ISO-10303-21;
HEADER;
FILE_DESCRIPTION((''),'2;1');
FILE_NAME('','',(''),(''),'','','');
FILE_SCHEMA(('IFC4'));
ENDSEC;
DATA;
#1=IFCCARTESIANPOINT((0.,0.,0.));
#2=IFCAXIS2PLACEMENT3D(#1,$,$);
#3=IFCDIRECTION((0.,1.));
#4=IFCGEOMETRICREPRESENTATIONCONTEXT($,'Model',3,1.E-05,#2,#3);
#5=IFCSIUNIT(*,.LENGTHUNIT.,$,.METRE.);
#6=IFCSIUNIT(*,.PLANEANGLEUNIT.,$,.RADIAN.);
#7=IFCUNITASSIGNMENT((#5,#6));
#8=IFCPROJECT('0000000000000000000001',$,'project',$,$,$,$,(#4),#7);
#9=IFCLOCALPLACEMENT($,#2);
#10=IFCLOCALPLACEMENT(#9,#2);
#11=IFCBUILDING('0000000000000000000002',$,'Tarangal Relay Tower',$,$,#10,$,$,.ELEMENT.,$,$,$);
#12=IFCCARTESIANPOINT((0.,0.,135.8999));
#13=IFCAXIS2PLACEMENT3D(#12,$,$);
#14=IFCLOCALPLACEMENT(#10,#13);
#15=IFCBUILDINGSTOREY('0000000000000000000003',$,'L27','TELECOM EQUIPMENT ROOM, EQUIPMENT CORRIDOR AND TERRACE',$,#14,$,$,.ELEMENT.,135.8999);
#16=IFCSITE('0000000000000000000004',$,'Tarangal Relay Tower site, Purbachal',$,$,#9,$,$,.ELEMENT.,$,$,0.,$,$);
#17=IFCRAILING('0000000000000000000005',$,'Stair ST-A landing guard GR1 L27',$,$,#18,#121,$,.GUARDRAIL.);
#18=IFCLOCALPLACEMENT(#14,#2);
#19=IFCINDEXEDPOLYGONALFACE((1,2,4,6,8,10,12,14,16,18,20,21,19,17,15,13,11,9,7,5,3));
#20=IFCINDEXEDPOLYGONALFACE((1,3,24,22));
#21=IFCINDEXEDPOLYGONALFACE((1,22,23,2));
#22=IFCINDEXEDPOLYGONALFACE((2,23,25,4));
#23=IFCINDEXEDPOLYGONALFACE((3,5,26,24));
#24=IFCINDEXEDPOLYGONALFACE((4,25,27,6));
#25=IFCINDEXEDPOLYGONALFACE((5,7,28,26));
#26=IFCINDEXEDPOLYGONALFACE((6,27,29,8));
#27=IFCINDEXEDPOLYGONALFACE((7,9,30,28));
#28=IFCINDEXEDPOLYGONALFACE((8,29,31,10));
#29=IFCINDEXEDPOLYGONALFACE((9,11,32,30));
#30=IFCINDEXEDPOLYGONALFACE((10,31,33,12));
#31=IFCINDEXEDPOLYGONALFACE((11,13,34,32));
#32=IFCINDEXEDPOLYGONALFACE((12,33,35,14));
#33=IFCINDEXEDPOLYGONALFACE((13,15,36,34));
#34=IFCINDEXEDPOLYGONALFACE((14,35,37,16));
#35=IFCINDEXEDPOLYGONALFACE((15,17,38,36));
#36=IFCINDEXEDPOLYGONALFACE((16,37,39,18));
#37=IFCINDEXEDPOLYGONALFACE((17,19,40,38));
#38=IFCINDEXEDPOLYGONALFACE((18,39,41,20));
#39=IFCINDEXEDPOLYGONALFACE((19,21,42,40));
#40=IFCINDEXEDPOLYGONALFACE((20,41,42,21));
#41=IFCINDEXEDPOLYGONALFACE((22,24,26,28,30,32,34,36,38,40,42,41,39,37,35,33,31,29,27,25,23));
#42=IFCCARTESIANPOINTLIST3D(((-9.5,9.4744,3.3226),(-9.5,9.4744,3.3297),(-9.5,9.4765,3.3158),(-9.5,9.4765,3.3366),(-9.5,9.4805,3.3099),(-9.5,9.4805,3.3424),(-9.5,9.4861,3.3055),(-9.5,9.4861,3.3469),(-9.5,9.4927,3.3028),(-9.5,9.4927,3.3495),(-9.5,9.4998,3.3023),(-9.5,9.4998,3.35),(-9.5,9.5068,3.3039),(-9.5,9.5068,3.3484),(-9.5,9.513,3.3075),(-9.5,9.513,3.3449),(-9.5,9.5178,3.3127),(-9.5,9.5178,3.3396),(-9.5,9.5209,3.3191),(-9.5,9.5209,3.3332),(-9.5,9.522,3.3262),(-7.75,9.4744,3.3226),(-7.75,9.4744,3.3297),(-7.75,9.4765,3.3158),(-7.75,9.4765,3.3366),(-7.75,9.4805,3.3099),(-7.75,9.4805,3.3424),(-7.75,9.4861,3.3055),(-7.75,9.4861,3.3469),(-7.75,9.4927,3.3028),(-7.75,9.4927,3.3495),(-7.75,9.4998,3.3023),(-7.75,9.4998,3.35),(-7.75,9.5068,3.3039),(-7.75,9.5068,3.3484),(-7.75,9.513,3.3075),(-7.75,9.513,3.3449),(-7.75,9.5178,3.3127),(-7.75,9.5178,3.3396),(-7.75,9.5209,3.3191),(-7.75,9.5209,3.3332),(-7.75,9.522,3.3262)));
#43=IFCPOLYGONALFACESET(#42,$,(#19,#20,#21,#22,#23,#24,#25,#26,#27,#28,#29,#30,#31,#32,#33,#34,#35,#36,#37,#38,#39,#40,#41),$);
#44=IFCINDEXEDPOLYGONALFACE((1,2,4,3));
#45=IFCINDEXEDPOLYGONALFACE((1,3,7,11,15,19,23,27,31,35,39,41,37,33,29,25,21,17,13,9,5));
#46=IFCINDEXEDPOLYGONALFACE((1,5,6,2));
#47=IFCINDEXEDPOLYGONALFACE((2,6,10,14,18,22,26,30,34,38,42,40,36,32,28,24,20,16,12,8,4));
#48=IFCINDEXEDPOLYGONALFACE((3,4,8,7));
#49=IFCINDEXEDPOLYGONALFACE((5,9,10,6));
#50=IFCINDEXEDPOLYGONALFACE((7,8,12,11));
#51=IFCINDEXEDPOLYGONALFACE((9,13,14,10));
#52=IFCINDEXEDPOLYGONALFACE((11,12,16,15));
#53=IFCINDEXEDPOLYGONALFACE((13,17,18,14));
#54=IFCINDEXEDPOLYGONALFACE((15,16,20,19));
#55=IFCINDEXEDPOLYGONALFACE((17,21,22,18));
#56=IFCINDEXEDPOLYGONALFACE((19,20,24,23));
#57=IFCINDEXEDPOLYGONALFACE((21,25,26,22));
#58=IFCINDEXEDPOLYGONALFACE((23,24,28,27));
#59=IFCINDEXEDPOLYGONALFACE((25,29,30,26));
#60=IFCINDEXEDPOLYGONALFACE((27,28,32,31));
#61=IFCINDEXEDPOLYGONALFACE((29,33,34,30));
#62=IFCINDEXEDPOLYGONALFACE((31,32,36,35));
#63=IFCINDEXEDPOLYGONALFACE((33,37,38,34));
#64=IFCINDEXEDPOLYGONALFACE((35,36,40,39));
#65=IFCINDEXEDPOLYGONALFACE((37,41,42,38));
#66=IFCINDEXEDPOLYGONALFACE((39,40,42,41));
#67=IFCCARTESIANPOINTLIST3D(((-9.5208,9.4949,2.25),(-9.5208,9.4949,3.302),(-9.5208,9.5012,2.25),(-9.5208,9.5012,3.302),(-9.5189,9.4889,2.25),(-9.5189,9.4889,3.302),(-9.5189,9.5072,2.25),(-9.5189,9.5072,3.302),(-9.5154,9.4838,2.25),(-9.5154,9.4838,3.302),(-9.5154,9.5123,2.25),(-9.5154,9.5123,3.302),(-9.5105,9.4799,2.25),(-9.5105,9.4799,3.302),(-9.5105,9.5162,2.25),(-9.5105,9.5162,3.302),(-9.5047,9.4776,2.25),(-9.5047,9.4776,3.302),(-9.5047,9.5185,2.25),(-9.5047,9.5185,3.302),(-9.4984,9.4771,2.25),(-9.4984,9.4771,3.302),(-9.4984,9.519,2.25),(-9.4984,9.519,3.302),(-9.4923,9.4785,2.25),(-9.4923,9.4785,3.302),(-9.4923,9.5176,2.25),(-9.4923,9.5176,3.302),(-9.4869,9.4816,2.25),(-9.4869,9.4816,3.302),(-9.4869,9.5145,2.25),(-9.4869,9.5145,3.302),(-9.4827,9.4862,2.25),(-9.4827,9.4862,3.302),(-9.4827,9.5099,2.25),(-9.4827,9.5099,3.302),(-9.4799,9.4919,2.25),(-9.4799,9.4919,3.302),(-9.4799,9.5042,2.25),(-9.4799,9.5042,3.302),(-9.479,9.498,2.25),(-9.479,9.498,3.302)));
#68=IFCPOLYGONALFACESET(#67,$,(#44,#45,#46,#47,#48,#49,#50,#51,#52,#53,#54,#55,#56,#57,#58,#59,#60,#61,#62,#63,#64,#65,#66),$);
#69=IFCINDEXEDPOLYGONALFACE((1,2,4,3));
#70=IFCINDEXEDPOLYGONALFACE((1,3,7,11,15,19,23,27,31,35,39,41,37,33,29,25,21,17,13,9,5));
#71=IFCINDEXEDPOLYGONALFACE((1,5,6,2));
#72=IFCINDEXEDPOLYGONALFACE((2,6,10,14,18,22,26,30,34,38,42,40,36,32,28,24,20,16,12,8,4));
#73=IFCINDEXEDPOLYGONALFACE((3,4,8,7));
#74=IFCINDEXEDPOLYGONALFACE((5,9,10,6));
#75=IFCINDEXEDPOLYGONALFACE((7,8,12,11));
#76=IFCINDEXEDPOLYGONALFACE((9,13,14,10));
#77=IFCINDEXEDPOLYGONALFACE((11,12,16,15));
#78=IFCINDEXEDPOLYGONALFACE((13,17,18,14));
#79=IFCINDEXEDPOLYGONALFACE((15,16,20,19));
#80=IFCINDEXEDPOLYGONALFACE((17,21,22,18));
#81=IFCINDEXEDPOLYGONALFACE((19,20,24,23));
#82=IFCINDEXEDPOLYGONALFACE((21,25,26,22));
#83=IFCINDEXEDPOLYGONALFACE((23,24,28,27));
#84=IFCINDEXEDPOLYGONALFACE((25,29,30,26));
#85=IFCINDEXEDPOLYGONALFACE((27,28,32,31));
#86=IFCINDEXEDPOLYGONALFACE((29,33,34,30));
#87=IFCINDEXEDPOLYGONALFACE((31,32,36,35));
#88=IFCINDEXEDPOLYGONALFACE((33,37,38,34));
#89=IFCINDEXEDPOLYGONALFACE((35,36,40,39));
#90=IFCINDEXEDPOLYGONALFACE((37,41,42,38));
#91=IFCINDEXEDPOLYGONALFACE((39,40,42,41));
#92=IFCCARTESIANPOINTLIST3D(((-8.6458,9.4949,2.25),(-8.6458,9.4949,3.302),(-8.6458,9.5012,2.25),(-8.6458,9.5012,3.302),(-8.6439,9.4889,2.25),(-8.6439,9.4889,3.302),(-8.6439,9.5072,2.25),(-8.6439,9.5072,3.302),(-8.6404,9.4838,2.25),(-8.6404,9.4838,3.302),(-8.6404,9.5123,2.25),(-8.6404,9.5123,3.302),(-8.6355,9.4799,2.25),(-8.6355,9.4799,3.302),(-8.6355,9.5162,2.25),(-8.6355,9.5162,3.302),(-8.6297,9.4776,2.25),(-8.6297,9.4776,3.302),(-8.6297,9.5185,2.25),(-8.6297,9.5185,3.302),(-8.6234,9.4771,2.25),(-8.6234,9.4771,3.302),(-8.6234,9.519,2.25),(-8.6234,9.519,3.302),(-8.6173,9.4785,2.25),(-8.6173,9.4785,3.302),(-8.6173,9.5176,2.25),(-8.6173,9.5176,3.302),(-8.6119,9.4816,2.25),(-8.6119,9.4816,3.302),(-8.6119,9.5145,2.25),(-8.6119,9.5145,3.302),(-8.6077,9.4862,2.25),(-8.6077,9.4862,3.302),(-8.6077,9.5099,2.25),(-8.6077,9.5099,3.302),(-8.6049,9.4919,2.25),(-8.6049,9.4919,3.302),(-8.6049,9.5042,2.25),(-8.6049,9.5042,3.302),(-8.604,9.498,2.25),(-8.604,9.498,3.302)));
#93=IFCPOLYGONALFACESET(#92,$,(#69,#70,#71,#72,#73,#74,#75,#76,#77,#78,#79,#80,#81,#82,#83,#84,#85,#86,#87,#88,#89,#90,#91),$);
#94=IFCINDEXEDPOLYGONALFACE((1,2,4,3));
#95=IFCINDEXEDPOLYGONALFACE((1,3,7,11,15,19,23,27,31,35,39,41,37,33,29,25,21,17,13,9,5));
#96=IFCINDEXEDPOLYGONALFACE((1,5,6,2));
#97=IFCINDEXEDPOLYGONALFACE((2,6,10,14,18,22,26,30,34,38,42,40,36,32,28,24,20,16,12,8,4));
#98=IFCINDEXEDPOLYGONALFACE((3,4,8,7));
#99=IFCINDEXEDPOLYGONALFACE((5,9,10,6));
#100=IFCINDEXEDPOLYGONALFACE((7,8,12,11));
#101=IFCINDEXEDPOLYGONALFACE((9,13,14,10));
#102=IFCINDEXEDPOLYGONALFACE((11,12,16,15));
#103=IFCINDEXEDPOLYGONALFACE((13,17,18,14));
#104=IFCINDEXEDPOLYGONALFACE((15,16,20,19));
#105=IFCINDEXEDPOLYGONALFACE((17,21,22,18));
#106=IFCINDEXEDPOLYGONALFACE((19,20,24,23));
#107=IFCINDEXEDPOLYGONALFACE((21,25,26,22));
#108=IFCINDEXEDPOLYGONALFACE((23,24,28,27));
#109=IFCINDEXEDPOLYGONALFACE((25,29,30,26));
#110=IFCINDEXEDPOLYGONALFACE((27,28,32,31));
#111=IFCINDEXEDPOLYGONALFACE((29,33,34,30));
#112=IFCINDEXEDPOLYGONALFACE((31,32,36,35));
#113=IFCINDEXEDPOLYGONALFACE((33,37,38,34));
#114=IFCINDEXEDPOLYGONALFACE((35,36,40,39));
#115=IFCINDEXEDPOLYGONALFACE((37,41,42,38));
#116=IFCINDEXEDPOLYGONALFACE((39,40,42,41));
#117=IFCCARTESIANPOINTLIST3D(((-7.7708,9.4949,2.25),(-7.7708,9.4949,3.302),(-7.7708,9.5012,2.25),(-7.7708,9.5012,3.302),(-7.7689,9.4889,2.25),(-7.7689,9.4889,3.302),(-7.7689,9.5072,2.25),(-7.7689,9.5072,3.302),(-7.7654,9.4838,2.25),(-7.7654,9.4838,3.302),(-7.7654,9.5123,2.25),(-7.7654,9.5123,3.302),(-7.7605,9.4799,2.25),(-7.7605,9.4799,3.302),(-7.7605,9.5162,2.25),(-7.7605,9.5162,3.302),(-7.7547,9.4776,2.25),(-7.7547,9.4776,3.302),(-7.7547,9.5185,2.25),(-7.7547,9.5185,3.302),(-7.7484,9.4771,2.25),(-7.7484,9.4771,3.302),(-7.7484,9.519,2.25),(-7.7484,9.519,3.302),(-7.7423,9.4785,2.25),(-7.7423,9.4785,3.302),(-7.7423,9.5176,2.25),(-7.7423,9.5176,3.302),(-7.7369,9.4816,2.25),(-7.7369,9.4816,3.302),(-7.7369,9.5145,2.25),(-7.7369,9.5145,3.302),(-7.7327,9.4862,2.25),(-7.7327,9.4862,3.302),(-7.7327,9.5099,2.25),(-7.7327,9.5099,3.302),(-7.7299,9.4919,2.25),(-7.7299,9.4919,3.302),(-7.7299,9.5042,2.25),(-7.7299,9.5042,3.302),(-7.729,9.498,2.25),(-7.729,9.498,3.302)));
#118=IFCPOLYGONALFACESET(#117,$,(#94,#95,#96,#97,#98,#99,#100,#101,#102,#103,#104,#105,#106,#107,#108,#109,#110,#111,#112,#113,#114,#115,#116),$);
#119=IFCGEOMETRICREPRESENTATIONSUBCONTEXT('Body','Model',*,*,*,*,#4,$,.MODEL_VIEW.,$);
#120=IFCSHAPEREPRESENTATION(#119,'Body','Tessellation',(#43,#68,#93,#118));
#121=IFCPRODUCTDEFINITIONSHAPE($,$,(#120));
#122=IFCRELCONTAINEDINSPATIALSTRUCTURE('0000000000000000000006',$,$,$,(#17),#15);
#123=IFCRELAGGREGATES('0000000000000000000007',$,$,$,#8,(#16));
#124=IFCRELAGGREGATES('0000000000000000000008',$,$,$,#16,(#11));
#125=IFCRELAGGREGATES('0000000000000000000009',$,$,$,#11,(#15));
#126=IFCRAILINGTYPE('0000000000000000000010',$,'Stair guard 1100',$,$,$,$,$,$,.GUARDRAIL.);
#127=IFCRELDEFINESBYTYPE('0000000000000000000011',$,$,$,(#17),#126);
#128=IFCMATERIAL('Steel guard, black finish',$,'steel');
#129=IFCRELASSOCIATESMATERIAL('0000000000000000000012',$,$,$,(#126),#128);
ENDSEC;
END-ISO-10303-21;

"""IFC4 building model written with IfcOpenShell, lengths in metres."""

from ifc_helpers import new_model, si_unit, direction, frame, origin, origin_2d, place, context, subcontext, project, spatial, circle, extrude, material, type_object, element, save


model = new_model("IFC4")

# Units and contexts
model_context = context("Model", 3, precision=1e-05, world=origin(), true_north=direction((0.0, 1.0)))
body_context = subcontext(model_context, "Body", "Model", "MODEL_VIEW")
ifc_project = project(units=[si_unit("LENGTHUNIT", "METRE"), si_unit("PLANEANGLEUNIT", "RADIAN")], contexts=[model_context])

# Site, building, storey
site_placement = place(None, origin())
site = spatial("IfcSite", under=ifc_project, at=site_placement, Name="Tarangal Relay Tower site, Purbachal", CompositionType="ELEMENT", RefElevation=0.0)
building_placement = place(site_placement, origin())
building = spatial("IfcBuilding", under=site, at=building_placement, Name="Tarangal Relay Tower", CompositionType="ELEMENT")
storey_placement = place(building_placement, frame((0.0, 0.0, 135.8999)))
storey = spatial("IfcBuildingStorey", under=building, at=storey_placement, Name="L27", Description="TELECOM EQUIPMENT ROOM, EQUIPMENT CORRIDOR AND TERRACE", CompositionType="ELEMENT", Elevation=135.8999)

# Railing
ifc_material_1 = material(Name="Steel guard, black finish", Category="steel")
railing_type_1 = type_object("IfcRailingType", Name="Stair guard 1100", PredefinedType="GUARDRAIL", material=ifc_material_1)
railing_1_placement = place(storey_placement, frame((-9.5, 9.498, 2.25)))
element("IfcRailing", 1, at=railing_1_placement, inside=storey, type_object=railing_type_1, Name="Stair ST-A landing guard GR1 L27", PredefinedType="GUARDRAIL", context=body_context, shape_type="SweptSolid", body=[
    extrude(circle(Radius=0.0239, at=origin_2d()), frame((0.0, 0.0, 1.0762), z_axis=(1.0, 0.0, 0.0), x_axis=(0.0, 1.0, 0.0)), (0.0, 0.0, 1.0), 1.75),
    extrude(circle(Radius=0.021, at=origin_2d()), origin(), (0.0, 0.0, 1.0), 1.052),
    extrude(circle(Radius=0.021, at=origin_2d()), frame((0.875, 0.0, 0.0)), (0.0, 0.0, 1.0), 1.052),
    extrude(circle(Radius=0.021, at=origin_2d()), frame((1.75, 0.0, 0.0)), (0.0, 0.0, 1.0), 1.052),
])

save(model, "model.ifc")
